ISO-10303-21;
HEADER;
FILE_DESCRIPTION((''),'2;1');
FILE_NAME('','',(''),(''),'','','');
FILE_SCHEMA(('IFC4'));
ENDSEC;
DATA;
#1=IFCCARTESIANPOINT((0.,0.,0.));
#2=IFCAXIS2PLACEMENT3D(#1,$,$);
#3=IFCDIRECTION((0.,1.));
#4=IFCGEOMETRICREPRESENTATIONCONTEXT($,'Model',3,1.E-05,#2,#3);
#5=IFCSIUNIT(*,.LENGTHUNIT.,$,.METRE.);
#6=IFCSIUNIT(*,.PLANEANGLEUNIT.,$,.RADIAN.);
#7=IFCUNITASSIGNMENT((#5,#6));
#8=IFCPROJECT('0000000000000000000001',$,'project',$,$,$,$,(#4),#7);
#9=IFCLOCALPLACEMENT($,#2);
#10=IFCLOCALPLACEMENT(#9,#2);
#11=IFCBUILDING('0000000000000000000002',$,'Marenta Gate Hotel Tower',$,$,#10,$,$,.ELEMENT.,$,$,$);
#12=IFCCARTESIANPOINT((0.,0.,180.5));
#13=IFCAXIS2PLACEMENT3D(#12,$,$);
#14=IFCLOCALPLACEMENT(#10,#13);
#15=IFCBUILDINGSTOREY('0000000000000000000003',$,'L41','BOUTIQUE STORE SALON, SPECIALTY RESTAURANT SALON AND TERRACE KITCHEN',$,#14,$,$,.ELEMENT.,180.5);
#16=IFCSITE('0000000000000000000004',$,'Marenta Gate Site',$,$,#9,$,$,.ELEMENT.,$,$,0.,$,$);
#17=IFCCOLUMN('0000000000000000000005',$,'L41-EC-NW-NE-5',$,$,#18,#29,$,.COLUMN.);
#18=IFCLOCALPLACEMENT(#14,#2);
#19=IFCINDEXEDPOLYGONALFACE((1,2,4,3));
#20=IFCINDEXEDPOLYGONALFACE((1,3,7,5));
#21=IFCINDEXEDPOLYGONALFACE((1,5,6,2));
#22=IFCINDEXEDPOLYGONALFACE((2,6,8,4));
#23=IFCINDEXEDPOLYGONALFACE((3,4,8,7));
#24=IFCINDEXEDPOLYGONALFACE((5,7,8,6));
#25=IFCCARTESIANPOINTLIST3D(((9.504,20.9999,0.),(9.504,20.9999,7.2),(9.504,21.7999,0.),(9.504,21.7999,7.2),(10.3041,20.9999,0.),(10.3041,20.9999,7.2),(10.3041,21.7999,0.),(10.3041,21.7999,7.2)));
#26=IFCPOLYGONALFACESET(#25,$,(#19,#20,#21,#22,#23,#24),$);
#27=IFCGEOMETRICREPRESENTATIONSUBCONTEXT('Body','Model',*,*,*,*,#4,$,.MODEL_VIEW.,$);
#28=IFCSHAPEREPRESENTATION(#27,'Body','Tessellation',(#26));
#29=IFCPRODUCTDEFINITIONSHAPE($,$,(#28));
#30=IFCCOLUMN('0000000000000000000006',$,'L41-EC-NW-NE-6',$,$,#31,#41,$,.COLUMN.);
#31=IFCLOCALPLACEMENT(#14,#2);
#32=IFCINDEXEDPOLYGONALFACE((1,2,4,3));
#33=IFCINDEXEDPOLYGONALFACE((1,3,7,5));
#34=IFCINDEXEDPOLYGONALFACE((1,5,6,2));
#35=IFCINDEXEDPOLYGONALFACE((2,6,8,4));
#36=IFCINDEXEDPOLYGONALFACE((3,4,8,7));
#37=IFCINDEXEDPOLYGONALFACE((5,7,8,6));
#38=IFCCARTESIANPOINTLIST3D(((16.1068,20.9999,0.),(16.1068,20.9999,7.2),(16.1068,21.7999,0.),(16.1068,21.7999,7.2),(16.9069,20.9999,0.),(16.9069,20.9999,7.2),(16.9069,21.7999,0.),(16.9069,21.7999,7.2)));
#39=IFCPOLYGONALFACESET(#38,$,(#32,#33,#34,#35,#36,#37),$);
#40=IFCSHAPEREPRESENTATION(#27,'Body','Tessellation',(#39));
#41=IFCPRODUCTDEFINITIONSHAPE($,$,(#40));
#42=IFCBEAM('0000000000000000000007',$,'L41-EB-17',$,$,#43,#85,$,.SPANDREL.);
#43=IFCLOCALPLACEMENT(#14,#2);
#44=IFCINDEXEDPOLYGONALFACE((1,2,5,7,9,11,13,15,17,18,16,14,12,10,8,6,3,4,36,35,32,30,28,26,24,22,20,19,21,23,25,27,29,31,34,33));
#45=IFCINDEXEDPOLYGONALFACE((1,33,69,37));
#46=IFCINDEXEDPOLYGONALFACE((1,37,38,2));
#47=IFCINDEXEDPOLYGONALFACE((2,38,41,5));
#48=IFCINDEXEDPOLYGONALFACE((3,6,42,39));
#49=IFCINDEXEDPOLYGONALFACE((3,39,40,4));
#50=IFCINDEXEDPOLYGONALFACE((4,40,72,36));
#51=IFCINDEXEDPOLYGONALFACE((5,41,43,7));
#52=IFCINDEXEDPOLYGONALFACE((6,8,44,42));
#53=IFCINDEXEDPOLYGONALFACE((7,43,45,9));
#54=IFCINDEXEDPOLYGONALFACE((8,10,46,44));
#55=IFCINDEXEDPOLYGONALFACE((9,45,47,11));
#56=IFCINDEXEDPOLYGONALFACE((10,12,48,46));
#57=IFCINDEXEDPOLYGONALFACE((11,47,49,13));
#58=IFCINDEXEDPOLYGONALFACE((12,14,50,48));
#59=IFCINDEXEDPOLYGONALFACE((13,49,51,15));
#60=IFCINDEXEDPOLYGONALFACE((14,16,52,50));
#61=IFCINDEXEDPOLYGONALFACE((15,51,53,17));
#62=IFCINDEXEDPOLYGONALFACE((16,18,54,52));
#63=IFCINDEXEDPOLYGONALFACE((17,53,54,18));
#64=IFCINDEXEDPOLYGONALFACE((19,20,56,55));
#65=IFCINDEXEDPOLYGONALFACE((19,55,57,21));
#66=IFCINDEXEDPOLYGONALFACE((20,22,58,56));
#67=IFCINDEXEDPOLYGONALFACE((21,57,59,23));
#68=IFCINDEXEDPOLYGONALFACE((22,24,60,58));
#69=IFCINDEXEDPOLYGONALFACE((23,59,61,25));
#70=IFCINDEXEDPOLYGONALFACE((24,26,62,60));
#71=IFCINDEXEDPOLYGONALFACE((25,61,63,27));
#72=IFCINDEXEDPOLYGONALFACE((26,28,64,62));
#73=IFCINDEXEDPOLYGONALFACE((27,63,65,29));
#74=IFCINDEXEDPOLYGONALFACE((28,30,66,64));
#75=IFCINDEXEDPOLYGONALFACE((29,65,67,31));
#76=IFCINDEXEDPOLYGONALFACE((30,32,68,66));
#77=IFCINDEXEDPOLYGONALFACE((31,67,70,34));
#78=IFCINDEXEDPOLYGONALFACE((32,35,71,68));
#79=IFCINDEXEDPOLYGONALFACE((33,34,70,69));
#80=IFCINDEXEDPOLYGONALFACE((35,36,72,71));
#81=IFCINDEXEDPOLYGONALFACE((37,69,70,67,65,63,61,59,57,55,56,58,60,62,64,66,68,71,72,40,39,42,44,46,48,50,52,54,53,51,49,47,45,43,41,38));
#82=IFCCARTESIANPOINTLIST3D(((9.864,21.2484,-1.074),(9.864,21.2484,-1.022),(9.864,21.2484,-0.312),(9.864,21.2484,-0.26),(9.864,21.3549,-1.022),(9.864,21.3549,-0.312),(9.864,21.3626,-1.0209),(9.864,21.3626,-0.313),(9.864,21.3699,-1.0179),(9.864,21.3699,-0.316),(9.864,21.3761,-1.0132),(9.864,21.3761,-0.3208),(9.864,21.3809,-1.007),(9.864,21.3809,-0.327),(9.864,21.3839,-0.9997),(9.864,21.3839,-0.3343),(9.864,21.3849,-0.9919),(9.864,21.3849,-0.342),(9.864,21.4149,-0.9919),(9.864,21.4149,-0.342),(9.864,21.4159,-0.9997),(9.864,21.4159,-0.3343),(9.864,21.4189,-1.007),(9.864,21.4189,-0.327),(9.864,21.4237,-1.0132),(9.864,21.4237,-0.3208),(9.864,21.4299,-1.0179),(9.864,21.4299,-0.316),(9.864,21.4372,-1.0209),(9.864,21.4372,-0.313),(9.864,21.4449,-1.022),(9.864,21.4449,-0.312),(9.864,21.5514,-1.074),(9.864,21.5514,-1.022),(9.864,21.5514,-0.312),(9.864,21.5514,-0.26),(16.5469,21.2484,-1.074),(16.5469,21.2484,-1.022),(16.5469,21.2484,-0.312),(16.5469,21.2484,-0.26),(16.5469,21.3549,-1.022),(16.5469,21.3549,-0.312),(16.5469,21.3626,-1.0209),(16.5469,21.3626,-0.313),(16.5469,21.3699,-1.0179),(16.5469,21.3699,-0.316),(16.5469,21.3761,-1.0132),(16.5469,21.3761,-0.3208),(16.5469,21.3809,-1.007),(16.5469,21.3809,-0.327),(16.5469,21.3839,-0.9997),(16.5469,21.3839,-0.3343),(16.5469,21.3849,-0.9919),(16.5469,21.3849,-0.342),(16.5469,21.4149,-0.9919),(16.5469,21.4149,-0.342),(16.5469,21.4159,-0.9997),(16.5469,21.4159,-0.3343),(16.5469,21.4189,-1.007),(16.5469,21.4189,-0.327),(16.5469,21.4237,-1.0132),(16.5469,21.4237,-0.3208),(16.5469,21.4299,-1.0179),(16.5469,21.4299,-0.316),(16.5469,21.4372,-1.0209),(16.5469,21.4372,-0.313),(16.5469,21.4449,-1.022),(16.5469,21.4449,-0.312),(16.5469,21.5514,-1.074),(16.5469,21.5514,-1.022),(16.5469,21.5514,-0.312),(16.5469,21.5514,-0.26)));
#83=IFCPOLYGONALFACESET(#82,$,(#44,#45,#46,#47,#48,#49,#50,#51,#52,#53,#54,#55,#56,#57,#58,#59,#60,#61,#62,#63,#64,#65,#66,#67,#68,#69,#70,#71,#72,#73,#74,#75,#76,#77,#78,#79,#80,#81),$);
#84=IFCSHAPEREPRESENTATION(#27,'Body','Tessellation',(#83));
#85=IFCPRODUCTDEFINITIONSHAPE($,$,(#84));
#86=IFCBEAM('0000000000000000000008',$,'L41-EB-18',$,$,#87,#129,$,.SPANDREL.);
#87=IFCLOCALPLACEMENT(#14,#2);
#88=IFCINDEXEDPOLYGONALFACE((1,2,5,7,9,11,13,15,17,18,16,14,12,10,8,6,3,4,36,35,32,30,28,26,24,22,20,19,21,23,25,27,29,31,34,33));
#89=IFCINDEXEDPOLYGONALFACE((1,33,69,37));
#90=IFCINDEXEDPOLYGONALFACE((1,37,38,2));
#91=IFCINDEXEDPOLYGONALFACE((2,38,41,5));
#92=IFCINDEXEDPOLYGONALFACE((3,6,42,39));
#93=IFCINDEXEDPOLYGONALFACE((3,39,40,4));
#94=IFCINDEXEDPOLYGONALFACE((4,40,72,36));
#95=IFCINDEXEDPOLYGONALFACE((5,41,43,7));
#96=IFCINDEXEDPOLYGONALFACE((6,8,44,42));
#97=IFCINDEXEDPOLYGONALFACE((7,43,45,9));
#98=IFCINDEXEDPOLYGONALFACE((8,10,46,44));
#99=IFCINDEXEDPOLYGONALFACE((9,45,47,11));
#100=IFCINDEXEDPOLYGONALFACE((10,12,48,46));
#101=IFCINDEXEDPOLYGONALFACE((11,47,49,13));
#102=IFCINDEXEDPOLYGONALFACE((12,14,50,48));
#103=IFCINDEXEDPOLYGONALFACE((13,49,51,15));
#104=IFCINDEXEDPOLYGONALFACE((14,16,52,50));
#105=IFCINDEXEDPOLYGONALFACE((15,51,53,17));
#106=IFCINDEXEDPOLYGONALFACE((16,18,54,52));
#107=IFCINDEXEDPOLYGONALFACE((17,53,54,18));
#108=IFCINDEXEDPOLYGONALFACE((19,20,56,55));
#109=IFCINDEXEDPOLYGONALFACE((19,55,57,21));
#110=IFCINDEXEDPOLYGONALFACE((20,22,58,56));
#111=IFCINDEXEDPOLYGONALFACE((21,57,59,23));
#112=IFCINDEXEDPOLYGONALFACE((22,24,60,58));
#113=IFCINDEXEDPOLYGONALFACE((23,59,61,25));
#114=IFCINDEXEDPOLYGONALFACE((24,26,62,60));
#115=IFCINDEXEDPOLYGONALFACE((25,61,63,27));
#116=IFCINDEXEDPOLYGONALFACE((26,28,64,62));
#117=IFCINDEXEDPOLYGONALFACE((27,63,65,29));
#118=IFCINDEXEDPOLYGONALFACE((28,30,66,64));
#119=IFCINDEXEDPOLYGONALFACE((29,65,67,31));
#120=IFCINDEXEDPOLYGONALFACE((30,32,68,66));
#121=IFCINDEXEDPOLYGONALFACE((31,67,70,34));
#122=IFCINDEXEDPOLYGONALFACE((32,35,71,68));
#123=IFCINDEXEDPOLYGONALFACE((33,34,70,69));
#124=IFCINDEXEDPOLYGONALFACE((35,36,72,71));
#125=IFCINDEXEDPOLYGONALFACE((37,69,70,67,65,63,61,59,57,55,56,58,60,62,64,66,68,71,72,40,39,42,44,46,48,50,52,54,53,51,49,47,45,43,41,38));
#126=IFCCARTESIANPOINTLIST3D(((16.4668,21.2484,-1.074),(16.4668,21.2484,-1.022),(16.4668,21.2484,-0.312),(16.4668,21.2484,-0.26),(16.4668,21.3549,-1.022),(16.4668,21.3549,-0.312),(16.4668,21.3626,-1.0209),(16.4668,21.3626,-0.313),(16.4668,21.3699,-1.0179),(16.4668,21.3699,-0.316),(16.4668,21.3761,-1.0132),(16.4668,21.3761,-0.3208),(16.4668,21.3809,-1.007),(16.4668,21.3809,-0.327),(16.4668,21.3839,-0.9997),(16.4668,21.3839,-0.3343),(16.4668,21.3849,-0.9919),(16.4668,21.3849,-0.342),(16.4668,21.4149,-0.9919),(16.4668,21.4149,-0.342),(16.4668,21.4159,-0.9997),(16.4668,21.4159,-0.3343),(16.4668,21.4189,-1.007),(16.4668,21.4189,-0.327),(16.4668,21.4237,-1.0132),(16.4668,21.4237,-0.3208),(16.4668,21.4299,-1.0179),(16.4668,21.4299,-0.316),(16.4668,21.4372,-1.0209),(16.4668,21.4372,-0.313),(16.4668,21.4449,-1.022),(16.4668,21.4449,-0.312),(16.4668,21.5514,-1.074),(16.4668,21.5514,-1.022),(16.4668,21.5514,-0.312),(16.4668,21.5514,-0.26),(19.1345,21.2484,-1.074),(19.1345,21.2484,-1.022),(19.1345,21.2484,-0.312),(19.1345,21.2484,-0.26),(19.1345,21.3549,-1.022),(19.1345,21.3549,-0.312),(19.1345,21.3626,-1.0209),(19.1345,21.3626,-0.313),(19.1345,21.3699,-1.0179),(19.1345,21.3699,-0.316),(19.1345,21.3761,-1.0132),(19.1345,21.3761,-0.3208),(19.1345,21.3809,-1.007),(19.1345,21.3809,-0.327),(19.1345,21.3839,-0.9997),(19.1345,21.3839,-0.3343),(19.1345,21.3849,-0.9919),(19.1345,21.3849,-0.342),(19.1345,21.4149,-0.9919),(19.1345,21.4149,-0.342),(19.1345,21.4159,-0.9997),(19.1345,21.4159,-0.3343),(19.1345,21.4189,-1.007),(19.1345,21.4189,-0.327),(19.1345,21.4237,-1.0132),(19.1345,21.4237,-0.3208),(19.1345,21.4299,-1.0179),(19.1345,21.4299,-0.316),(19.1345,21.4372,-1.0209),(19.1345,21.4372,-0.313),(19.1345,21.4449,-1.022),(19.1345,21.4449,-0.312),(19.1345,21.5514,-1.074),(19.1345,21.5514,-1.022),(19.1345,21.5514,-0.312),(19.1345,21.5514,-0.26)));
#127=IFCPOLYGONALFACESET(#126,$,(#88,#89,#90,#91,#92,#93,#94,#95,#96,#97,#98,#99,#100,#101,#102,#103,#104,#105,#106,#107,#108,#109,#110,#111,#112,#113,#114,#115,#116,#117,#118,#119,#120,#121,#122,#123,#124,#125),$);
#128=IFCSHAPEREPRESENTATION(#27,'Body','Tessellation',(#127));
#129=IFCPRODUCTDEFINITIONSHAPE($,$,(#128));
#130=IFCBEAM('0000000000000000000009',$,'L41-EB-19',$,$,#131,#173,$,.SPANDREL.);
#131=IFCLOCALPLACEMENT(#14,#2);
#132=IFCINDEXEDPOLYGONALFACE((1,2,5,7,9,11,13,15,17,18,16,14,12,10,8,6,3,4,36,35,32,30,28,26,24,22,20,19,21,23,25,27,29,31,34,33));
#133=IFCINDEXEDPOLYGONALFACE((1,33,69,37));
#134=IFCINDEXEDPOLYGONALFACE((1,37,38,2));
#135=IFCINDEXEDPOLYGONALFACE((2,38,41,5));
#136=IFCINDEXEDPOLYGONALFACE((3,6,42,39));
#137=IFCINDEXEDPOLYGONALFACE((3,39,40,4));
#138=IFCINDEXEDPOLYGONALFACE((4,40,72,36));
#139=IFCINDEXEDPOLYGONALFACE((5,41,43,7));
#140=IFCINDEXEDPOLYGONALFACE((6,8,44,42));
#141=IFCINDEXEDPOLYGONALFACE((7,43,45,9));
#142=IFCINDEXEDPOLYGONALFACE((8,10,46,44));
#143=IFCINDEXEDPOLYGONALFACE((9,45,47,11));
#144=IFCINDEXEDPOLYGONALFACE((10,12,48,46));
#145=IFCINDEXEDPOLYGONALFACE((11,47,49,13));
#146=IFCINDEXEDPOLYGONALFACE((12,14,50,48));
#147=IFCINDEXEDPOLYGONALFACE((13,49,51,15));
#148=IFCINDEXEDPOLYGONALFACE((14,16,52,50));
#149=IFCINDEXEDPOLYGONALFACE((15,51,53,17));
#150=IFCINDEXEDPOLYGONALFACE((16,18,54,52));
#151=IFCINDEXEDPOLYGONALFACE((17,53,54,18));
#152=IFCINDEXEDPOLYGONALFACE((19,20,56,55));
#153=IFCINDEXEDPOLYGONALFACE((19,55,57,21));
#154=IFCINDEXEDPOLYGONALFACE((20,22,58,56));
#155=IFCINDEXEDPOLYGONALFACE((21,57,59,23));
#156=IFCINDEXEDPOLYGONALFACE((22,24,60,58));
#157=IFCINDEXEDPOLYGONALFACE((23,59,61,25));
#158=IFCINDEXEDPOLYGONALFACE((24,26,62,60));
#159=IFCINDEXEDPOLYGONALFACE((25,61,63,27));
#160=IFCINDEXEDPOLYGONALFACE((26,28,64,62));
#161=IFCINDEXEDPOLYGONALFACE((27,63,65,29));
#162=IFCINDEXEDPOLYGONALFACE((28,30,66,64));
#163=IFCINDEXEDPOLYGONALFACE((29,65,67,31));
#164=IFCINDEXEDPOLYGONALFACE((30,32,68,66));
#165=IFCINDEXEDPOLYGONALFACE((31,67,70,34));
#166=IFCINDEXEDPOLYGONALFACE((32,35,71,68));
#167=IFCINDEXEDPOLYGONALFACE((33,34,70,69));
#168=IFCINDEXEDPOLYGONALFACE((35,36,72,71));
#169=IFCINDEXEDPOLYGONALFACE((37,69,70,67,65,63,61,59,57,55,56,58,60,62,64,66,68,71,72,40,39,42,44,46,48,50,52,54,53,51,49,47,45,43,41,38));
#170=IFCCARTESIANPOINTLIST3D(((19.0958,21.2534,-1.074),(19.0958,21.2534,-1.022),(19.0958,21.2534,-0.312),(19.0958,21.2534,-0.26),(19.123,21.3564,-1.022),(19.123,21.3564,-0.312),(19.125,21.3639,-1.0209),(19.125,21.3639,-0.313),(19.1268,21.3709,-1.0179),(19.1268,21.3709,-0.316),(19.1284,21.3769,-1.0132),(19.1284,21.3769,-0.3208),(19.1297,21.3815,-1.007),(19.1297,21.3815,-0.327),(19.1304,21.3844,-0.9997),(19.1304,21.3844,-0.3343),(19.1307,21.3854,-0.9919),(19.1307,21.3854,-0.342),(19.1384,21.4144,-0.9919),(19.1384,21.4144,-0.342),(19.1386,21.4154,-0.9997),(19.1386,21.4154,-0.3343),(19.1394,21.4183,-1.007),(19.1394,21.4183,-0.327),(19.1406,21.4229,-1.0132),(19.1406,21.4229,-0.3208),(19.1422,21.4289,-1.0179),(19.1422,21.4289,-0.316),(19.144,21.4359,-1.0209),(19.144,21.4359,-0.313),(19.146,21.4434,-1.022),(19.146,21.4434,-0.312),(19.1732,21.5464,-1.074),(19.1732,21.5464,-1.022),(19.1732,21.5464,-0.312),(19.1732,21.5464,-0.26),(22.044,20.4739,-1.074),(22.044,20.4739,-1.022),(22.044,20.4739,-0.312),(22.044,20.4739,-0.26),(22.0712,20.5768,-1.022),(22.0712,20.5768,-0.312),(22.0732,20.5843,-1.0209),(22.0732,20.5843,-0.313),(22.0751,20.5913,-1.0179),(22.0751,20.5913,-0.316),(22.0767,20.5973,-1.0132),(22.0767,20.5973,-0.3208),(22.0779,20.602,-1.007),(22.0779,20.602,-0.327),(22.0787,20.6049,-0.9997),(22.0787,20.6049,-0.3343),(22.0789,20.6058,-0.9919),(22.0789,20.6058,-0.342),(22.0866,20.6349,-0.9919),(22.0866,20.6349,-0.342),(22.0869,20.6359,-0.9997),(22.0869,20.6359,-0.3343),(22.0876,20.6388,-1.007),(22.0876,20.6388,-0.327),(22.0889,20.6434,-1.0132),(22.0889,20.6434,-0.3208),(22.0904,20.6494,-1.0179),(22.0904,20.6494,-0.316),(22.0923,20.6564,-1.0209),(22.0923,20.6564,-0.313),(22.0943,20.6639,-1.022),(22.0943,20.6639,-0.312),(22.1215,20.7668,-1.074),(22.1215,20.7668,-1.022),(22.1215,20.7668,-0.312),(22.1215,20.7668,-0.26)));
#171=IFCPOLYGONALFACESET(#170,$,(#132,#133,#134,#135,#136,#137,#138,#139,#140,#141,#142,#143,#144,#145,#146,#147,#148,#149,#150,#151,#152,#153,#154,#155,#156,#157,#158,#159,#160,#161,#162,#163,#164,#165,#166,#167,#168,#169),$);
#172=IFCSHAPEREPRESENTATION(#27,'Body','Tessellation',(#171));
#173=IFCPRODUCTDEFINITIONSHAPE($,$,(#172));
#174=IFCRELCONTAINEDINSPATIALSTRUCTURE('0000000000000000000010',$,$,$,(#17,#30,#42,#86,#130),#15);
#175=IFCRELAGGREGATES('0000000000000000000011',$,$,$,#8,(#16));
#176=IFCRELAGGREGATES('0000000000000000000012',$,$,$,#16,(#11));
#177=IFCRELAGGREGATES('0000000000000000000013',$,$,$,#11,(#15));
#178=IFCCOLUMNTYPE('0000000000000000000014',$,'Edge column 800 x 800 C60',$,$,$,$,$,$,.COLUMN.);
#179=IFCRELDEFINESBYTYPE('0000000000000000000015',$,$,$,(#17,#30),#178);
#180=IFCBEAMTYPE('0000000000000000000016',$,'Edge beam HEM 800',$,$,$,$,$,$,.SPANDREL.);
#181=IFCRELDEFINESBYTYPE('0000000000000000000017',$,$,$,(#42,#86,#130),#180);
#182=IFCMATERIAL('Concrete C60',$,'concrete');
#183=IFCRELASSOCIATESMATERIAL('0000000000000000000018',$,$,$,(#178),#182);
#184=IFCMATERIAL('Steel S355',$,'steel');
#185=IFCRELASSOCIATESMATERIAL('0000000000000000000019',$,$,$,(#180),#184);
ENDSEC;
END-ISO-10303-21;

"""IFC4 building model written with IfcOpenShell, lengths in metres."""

from ifc_helpers import new_model, si_unit, direction, frame, origin, origin_2d, place, context, subcontext, project, spatial, rectangle, i_section, extrude, material, material_profile, profile_set, type_object, element, save


model = new_model("IFC4")

# Units and contexts
model_context = context("Model", 3, precision=1e-05, world=origin(), true_north=direction((0.0, 1.0)))
body_context = subcontext(model_context, "Body", "Model", "MODEL_VIEW")
ifc_project = project(units=[si_unit("LENGTHUNIT", "METRE"), si_unit("PLANEANGLEUNIT", "RADIAN")], contexts=[model_context])

# Site, building, storey
site_placement = place(None, origin())
site = spatial("IfcSite", under=ifc_project, at=site_placement, Name="Marenta Gate Site", CompositionType="ELEMENT", RefElevation=0.0)
building_placement = place(site_placement, origin())
building = spatial("IfcBuilding", under=site, at=building_placement, Name="Marenta Gate Hotel Tower", CompositionType="ELEMENT")
storey_placement = place(building_placement, frame((0.0, 0.0, 180.5)))
storey = spatial("IfcBuildingStorey", under=building, at=storey_placement, Name="L41", Description="BOUTIQUE STORE SALON, SPECIALTY RESTAURANT SALON AND TERRACE KITCHEN", CompositionType="ELEMENT", Elevation=180.5)

# Columns
ifc_material_1 = material(Name="Concrete C60", Category="concrete")
ifc_material_profile_1 = material_profile(ifc_material_1, rectangle(XDim=0.8, YDim=0.8, at=origin_2d()), Name="800 x 800")
ifc_profile_set_1 = profile_set([ifc_material_profile_1], Name="Concrete C60")
column_type = type_object("IfcColumnType", Name="Edge column 800 x 800 C60", PredefinedType="COLUMN", material=ifc_profile_set_1)
for number, where, z_axis, x_axis, name in (
    (1, (9.9041, 21.3999, 0.0), (0.0, 0.0, 1.0), (1.0, 0.0, 0.0), "L41-EC-NW-NE-5"),
    (2, (16.5068, 21.3999, 0.0), (0.0, 0.0, 1.0), (1.0, 0.0, 0.0), "L41-EC-NW-NE-6"),
):
    element("IfcColumn", number, at=place(storey_placement, frame(where, z_axis=z_axis, x_axis=x_axis)), inside=storey, type_object=column_type, Name=name, PredefinedType="COLUMN", context=body_context, shape_type="SweptSolid", body=[
        extrude(rectangle(XDim=0.8, YDim=0.8, at=origin_2d()), origin(), (0.0, 0.0, 1.0), 7.2),
    ])

# Beams
ifc_material_2 = material(Name="Steel S355", Category="steel")
ifc_material_profile_2 = material_profile(ifc_material_2, i_section(OverallWidth=0.303, OverallDepth=0.814, WebThickness=0.03, FlangeThickness=0.052, FilletRadius=0.03, at=origin_2d()), Name="HEM 800")
ifc_profile_set_2 = profile_set([ifc_material_profile_2], Name="Steel S355")
beam_type_1 = type_object("IfcBeamType", Name="Edge beam HEM 800", PredefinedType="SPANDREL", material=ifc_profile_set_2)
beam_1_placement = place(storey_placement, frame((9.864, 21.3999, -0.667), z_axis=(1.0, 0.0, 0.0), x_axis=(0.0, 1.0, 0.0)))
element("IfcBeam", 3, at=beam_1_placement, inside=storey, type_object=beam_type_1, Name="L41-EB-17", PredefinedType="SPANDREL", context=body_context, shape_type="SweptSolid", body=[
    extrude(i_section(OverallWidth=0.303, OverallDepth=0.814, WebThickness=0.03, FlangeThickness=0.052, FilletRadius=0.03, at=origin_2d()), origin(), (0.0, 0.0, 1.0), 6.6829),
])
beam_2_placement = place(storey_placement, frame((16.4668, 21.3999, -0.667), z_axis=(1.0, 0.0, 0.0), x_axis=(0.0, 1.0, 0.0)))
element("IfcBeam", 4, at=beam_2_placement, inside=storey, type_object=beam_type_1, Name="L41-EB-18", PredefinedType="SPANDREL", context=body_context, shape_type="SweptSolid", body=[
    extrude(i_section(OverallWidth=0.303, OverallDepth=0.814, WebThickness=0.03, FlangeThickness=0.052, FilletRadius=0.03, at=origin_2d()), origin(), (0.0, 0.0, 1.0), 2.6677),
])
beam_3_placement = place(storey_placement, frame((19.1345, 21.3999, -0.667), z_axis=(0.966776, -0.255624, 0.0), x_axis=(0.255624, 0.966776, 0.0)))
element("IfcBeam", 5, at=beam_3_placement, inside=storey, type_object=beam_type_1, Name="L41-EB-19", PredefinedType="SPANDREL", context=body_context, shape_type="SweptSolid", body=[
    extrude(i_section(OverallWidth=0.303, OverallDepth=0.814, WebThickness=0.03, FlangeThickness=0.052, FilletRadius=0.03, at=origin_2d()), origin(), (0.0, 0.0, 1.0), 3.0496),
])

save(model, "model.ifc")
